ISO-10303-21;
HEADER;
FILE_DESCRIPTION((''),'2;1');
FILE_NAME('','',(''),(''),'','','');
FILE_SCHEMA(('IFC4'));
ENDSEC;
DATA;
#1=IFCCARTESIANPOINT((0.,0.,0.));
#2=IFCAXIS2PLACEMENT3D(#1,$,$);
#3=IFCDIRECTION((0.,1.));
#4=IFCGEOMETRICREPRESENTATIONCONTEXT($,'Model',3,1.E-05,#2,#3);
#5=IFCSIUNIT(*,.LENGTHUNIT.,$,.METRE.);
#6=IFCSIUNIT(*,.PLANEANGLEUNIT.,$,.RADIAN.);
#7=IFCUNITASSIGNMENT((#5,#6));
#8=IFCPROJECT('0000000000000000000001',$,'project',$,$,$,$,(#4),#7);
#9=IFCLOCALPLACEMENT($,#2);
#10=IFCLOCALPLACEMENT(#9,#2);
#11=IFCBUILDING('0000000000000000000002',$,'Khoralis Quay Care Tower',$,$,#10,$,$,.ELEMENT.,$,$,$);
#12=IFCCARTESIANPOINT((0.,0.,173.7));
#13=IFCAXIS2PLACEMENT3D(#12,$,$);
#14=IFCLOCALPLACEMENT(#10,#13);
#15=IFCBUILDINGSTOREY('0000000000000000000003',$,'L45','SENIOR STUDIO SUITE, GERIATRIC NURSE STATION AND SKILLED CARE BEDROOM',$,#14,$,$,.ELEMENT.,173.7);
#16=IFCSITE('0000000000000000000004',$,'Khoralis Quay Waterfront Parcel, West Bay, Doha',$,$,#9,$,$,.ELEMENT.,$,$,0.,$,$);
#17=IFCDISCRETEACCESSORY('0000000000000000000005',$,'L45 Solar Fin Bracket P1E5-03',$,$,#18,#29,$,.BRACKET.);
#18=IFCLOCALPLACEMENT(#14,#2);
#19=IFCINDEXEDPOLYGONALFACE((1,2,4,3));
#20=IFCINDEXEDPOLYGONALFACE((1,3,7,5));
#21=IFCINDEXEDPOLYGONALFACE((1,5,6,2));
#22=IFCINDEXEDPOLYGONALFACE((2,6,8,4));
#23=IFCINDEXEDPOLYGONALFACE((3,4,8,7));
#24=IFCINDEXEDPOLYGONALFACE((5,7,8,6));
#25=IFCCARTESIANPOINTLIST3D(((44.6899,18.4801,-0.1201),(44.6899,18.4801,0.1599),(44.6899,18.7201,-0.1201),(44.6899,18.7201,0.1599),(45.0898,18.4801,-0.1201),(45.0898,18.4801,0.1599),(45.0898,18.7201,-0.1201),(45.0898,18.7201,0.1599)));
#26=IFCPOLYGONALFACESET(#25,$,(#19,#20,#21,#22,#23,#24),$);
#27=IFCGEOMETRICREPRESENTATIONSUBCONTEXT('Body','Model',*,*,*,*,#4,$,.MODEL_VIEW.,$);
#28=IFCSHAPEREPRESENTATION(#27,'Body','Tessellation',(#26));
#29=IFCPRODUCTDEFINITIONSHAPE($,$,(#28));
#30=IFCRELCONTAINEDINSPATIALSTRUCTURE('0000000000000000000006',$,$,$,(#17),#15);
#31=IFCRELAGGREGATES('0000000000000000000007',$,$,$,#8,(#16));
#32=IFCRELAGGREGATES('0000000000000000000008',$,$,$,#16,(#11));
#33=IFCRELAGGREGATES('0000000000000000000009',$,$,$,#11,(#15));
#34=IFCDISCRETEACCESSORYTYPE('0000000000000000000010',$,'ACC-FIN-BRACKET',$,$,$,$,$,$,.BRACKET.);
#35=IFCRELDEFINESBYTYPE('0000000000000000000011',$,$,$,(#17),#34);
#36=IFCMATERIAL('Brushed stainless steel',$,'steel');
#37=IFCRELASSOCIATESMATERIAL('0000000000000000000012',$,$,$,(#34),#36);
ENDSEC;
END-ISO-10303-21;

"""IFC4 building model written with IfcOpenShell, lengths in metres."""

from ifc_helpers import new_model, si_unit, direction, frame, origin, origin_2d, place, context, subcontext, project, spatial, rectangle, extrude, source, transform, mapped, material, type_object, element, save


model = new_model("IFC4")

# Units and contexts
model_context = context("Model", 3, precision=1e-05, world=origin(), true_north=direction((0.0, 1.0)))
body_context = subcontext(model_context, "Body", "Model", "MODEL_VIEW")
ifc_project = project(units=[si_unit("LENGTHUNIT", "METRE"), si_unit("PLANEANGLEUNIT", "RADIAN")], contexts=[model_context])

# Site, building, storey
site_placement = place(None, origin())
site = spatial("IfcSite", under=ifc_project, at=site_placement, Name="Khoralis Quay Waterfront Parcel, West Bay, Doha", CompositionType="ELEMENT", RefElevation=0.0)
building_placement = place(site_placement, origin())
building = spatial("IfcBuilding", under=site, at=building_placement, Name="Khoralis Quay Care Tower", CompositionType="ELEMENT")
storey_placement = place(building_placement, frame((0.0, 0.0, 173.7)))
storey = spatial("IfcBuildingStorey", under=building, at=storey_placement, Name="L45", Description="SENIOR STUDIO SUITE, GERIATRIC NURSE STATION AND SKILLED CARE BEDROOM", CompositionType="ELEMENT", Elevation=173.7)

# Shared definitions
ifc_material_1 = material(Name="Brushed stainless steel", Category="steel")

# Discrete accessory
discrete_accessory_type = type_object("IfcDiscreteAccessoryType", Name="ACC-FIN-BRACKET", PredefinedType="BRACKET", material=ifc_material_1)
shared_shape_1 = source(origin(), body_context, "Body", "SweptSolid", [
    extrude(rectangle(XDim=0.3999, YDim=0.24, at=origin_2d()), origin(), (0.0, 0.0, 1.0), 0.28),
])
for number, where, z_axis, x_axis, name in (
    (1, (44.8899, 18.6001, -0.1201), (0.0, 0.0, 1.0), (1.0, 0.0, 0.0), "L45 Solar Fin Bracket P1E5-03"),
):
    element("IfcDiscreteAccessory", number, at=place(storey_placement, frame(where, z_axis=z_axis, x_axis=x_axis)), inside=storey, type_object=discrete_accessory_type, Name=name, PredefinedType="BRACKET", context=body_context, shape_type="MappedRepresentation", body=[
        mapped(shared_shape_1, transform((0.0, 0.0, 0.0), scale=1.0)),
    ])

save(model, "model.ifc")
